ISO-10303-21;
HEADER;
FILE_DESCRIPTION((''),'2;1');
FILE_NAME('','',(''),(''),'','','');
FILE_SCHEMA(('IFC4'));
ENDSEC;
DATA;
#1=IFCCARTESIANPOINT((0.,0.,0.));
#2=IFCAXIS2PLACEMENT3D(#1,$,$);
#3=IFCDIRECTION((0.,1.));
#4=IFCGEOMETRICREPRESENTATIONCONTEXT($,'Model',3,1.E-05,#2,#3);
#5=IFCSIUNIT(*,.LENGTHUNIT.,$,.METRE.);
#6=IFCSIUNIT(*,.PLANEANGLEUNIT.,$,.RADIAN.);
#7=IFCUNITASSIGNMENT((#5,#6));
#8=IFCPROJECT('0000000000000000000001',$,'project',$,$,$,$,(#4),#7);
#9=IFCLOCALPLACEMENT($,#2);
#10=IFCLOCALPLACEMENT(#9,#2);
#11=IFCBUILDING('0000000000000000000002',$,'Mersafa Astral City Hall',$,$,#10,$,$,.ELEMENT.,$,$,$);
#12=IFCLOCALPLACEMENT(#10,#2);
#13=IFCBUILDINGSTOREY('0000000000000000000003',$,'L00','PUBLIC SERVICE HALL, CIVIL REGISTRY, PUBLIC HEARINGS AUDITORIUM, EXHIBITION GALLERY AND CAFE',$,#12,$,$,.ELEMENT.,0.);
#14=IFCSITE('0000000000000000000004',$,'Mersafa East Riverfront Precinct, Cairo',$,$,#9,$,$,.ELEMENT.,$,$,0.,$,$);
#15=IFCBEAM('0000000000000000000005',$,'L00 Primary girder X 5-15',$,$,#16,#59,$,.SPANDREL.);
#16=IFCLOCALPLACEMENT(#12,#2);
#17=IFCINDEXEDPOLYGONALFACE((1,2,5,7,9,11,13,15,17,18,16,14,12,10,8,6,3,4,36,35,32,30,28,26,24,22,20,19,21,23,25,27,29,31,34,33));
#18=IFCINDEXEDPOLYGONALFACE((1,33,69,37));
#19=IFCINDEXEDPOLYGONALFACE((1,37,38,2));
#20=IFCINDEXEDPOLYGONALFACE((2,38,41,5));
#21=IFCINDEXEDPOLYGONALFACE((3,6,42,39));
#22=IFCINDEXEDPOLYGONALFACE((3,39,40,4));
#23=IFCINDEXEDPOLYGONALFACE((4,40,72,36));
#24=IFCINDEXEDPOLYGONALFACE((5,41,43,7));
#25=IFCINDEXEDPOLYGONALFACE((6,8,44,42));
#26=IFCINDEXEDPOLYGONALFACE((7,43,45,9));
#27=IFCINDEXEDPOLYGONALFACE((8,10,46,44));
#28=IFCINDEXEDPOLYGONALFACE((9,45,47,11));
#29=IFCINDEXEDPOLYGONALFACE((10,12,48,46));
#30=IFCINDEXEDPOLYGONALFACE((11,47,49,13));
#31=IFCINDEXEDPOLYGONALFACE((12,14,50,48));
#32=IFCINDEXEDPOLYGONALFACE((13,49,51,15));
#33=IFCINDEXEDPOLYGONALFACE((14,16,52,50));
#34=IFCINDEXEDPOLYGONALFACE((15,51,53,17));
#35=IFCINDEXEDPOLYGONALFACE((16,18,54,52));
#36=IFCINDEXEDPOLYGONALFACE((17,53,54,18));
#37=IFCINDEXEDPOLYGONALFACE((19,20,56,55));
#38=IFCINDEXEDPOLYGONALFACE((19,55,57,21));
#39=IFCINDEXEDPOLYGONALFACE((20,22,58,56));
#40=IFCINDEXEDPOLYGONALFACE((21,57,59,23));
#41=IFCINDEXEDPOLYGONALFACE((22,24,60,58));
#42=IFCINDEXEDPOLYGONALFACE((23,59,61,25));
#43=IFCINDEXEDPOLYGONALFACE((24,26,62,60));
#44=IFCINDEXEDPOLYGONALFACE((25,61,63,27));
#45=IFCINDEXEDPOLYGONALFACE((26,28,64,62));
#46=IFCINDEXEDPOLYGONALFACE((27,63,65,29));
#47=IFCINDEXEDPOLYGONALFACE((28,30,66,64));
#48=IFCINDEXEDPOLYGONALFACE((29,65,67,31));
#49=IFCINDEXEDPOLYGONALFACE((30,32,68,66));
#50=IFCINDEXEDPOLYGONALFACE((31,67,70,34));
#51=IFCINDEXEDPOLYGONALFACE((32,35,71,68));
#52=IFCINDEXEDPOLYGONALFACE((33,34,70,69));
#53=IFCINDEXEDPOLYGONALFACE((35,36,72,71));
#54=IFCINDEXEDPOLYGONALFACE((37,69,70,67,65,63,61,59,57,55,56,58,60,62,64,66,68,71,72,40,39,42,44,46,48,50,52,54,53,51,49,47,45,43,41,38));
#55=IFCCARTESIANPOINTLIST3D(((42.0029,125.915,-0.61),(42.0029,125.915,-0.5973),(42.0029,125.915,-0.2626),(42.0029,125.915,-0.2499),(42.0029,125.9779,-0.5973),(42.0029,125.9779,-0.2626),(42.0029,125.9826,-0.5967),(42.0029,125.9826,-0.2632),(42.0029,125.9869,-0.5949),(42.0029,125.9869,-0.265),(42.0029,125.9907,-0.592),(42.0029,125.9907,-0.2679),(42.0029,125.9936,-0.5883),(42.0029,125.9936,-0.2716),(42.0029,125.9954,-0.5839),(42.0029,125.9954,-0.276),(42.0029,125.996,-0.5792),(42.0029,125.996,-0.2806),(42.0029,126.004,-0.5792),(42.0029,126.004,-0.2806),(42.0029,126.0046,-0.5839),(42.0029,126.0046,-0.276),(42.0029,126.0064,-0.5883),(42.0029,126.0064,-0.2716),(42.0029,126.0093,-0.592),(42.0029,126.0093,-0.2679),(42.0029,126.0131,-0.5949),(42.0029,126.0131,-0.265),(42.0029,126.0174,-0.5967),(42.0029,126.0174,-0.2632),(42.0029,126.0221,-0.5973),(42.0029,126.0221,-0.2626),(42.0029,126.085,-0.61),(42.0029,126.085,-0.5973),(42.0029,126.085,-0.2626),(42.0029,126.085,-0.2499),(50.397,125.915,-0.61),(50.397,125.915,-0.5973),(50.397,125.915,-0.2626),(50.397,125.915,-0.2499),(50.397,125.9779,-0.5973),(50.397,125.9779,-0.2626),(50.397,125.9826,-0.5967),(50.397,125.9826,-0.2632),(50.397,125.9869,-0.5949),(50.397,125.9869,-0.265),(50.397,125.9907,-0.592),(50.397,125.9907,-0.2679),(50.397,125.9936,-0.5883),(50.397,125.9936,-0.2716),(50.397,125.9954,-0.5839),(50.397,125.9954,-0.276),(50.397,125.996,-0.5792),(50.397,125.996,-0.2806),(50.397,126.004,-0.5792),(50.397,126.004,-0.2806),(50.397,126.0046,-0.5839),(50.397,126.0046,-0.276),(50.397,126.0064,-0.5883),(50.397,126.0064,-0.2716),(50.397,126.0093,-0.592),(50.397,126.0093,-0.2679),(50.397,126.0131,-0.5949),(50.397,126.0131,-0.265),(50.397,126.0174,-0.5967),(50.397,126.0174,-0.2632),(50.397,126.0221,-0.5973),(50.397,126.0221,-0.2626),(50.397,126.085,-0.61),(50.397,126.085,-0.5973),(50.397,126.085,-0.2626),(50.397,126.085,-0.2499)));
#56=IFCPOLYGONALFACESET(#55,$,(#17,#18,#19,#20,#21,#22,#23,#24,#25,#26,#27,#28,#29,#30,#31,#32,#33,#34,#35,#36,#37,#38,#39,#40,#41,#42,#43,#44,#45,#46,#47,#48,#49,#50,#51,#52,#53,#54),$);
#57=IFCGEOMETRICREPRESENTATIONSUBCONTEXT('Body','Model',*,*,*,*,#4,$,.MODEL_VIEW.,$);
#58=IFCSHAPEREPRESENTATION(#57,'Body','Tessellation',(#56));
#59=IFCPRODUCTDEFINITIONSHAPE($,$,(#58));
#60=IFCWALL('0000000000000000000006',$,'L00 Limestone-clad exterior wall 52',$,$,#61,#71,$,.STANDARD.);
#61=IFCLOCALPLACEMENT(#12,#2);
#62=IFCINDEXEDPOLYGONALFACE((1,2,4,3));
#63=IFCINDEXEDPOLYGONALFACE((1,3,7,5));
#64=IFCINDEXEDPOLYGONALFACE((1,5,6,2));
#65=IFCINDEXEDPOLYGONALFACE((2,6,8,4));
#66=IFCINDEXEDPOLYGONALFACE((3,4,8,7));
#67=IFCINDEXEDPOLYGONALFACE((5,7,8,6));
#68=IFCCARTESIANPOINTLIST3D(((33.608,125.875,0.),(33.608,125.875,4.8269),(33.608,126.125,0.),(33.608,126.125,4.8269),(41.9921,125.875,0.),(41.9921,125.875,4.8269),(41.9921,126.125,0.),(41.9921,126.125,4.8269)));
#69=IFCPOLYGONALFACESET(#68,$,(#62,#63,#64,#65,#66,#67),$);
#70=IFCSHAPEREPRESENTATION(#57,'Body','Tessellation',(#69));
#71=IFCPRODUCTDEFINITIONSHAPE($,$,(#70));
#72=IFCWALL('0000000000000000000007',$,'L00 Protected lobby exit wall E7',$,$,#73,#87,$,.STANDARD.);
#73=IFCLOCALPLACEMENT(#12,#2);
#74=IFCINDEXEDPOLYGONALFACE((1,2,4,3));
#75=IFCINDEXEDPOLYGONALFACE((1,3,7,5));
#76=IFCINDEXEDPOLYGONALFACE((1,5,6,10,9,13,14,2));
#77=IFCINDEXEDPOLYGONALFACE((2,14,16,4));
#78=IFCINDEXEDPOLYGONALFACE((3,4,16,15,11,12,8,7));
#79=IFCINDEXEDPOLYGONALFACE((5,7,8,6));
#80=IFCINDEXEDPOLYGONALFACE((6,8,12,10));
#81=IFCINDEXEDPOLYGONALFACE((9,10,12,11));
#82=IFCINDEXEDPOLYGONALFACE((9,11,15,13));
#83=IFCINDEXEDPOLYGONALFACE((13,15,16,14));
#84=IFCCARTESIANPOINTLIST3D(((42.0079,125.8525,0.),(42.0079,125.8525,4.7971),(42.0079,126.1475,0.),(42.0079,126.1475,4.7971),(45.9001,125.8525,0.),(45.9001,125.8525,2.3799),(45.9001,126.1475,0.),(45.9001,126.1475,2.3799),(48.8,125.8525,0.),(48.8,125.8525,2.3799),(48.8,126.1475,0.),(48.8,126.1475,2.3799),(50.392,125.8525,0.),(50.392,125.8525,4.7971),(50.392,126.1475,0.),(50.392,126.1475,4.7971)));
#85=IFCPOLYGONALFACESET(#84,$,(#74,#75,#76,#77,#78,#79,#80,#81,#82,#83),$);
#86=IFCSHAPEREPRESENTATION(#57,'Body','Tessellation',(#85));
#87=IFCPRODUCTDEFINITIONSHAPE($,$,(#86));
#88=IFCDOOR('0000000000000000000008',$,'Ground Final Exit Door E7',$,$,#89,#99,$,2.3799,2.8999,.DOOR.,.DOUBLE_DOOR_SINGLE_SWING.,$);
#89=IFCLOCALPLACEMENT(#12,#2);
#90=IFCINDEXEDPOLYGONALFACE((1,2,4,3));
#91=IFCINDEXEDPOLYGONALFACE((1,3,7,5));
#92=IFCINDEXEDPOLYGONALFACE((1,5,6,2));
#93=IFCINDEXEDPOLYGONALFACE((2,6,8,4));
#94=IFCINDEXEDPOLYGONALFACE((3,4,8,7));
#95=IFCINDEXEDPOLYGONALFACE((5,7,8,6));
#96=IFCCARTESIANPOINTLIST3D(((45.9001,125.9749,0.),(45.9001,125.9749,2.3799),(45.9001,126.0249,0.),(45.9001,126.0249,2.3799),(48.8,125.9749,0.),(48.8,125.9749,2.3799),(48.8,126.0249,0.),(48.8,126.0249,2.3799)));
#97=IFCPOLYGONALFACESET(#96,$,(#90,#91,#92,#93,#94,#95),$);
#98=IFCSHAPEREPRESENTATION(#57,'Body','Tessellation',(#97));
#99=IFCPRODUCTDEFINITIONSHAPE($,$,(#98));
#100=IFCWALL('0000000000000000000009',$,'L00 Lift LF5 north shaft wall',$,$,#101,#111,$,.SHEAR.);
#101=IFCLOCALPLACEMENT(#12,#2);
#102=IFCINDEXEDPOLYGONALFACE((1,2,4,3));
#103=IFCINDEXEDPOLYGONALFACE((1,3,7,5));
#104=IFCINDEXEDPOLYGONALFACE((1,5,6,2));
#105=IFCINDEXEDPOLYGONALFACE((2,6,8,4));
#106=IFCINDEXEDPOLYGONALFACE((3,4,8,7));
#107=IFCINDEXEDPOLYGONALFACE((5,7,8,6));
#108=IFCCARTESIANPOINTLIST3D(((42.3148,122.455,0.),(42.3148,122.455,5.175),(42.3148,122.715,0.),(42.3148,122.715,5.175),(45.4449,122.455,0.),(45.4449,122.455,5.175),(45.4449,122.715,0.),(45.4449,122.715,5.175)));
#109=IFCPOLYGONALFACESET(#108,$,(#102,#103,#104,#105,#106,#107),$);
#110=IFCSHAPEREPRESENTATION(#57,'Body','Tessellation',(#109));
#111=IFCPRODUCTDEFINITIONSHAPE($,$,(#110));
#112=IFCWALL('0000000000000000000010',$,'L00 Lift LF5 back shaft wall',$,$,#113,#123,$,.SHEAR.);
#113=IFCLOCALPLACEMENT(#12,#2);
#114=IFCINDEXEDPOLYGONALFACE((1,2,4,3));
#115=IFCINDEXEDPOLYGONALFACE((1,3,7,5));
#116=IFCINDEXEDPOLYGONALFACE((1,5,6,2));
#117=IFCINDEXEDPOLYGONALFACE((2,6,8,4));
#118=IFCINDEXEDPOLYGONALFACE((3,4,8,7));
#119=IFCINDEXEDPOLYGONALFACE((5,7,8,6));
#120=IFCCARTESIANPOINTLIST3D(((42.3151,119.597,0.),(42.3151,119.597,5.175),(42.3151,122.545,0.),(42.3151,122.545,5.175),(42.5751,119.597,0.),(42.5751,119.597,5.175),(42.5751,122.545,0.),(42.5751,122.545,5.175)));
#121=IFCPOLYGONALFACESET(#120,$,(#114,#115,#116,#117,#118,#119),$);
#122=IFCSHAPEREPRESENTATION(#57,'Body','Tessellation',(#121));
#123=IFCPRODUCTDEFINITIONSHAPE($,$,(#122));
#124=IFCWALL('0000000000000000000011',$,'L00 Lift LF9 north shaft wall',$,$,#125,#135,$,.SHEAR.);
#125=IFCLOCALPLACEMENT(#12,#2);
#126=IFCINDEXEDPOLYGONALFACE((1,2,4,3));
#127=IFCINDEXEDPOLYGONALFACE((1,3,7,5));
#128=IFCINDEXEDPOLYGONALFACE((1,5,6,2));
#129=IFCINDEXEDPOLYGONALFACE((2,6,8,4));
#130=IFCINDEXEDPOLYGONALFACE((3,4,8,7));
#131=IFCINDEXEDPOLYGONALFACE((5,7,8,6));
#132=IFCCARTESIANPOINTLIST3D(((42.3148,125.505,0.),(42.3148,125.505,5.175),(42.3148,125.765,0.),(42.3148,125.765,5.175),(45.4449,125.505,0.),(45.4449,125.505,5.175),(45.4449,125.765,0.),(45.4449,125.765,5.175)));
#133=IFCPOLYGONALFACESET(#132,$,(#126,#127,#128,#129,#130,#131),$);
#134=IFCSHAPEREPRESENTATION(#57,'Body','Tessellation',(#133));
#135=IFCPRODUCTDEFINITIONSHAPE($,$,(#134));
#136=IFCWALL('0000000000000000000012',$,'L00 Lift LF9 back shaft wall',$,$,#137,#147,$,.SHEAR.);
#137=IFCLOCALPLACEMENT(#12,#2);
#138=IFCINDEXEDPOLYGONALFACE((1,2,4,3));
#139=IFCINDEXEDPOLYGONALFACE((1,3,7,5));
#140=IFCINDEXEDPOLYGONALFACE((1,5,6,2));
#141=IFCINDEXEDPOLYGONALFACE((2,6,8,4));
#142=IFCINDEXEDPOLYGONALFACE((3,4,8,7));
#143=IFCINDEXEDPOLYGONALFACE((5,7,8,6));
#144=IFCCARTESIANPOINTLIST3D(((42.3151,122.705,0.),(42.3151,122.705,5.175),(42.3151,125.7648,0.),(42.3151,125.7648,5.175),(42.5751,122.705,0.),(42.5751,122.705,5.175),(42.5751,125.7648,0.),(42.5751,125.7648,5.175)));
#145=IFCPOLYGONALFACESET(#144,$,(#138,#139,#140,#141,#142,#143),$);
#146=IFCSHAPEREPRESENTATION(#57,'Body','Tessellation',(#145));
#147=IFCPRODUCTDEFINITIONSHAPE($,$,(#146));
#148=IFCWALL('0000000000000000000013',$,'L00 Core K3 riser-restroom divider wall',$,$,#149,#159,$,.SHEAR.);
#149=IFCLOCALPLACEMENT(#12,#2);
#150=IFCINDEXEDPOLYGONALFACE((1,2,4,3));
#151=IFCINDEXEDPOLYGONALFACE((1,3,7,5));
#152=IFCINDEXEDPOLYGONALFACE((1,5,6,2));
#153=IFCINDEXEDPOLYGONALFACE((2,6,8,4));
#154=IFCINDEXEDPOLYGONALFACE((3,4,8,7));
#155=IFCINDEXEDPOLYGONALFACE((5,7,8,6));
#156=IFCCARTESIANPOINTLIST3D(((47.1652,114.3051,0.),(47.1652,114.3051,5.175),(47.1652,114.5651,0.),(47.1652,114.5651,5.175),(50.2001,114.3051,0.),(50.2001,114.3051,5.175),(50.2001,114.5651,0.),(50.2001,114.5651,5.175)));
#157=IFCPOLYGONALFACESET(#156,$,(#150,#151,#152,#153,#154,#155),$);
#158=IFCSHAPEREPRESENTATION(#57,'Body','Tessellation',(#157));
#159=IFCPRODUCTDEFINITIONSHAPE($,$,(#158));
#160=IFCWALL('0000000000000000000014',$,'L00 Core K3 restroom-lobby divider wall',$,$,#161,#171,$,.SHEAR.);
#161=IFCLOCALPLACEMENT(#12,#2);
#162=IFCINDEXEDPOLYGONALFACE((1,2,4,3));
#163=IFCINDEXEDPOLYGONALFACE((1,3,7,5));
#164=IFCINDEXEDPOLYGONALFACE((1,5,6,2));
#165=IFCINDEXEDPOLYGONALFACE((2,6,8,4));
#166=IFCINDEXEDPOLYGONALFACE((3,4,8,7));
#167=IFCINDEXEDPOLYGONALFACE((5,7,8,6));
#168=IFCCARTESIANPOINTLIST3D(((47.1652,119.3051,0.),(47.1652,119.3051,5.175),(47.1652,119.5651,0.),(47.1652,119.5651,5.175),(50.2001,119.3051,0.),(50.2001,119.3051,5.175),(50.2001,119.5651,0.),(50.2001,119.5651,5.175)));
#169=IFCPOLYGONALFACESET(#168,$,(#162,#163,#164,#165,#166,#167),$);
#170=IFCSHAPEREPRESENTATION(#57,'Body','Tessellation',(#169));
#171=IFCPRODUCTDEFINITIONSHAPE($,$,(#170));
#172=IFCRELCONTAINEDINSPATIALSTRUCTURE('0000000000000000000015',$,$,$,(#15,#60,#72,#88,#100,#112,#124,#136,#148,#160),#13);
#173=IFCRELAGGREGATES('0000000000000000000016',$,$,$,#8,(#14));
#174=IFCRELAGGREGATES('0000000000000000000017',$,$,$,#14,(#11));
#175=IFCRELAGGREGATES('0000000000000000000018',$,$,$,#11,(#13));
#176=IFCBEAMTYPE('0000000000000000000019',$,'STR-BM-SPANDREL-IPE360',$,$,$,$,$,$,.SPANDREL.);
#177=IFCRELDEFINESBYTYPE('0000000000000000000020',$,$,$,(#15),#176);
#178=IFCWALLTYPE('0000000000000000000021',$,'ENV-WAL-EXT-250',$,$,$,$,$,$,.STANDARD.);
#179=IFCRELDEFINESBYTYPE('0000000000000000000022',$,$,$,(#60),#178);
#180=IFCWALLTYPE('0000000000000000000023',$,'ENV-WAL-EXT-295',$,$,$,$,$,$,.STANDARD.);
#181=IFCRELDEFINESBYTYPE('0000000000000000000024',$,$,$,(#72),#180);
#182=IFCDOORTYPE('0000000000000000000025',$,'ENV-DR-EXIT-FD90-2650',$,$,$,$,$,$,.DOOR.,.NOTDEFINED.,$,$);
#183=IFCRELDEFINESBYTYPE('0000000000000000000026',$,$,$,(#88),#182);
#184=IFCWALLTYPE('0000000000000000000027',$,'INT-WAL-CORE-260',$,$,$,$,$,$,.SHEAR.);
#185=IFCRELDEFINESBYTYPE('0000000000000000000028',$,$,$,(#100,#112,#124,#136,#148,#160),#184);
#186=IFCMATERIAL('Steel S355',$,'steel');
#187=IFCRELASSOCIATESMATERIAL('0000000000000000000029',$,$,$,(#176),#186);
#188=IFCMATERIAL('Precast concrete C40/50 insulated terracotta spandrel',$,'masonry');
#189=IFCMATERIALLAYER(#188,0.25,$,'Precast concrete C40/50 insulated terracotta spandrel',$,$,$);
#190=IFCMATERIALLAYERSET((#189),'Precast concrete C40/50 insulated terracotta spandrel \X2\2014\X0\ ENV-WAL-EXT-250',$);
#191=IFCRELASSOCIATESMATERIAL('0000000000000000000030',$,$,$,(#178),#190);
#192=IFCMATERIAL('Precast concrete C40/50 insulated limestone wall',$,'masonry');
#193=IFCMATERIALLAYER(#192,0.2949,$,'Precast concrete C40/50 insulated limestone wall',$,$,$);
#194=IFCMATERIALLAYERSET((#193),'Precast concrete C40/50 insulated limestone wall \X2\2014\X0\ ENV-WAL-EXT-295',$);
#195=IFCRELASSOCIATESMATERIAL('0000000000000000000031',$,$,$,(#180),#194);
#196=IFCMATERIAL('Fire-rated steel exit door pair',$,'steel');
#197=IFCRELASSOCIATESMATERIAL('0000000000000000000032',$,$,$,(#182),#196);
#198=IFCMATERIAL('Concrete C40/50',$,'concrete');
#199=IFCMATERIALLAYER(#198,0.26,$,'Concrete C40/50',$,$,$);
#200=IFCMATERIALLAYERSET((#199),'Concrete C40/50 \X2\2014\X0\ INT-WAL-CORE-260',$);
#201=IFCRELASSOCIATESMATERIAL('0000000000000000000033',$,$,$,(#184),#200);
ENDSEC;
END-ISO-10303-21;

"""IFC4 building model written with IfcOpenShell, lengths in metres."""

from ifc_helpers import new_model, si_unit, direction, frame, frame_2d, origin, origin_2d, place, context, subcontext, project, spatial, rectangle, i_section, extrude, material, layer, layer_set, material_profile, profile_set, type_object, element, fill, save


model = new_model("IFC4")

# Units and contexts
model_context = context("Model", 3, precision=1e-05, world=origin(), true_north=direction((0.0, 1.0)))
body_context = subcontext(model_context, "Body", "Model", "MODEL_VIEW")
ifc_project = project(units=[si_unit("LENGTHUNIT", "METRE"), si_unit("PLANEANGLEUNIT", "RADIAN")], contexts=[model_context])

# Site, building, storey
site_placement = place(None, origin())
site = spatial("IfcSite", under=ifc_project, at=site_placement, Name="Mersafa East Riverfront Precinct, Cairo", CompositionType="ELEMENT", RefElevation=0.0)
building_placement = place(site_placement, origin())
building = spatial("IfcBuilding", under=site, at=building_placement, Name="Mersafa Astral City Hall", CompositionType="ELEMENT")
storey_placement = place(building_placement, origin())
storey = spatial("IfcBuildingStorey", under=building, at=storey_placement, Name="L00", Description="PUBLIC SERVICE HALL, CIVIL REGISTRY, PUBLIC HEARINGS AUDITORIUM, EXHIBITION GALLERY AND CAFE", CompositionType="ELEMENT", Elevation=0.0)

# Shared definitions
ifc_material_1 = material(Name="Steel S355", Category="steel")

# Beam
ifc_material_profile_1 = material_profile(ifc_material_1, i_section(OverallWidth=0.1699, OverallDepth=0.3601, WebThickness=0.0081, FlangeThickness=0.0127, FilletRadius=0.0181, at=origin_2d()), Name="IPE 360")
ifc_profile_set_1 = profile_set([ifc_material_profile_1], Name="Steel S355")
beam_type_1 = type_object("IfcBeamType", Name="STR-BM-SPANDREL-IPE360", PredefinedType="SPANDREL", material=ifc_profile_set_1)
beam_1_placement = place(storey_placement, frame((42.0029, 126.0, -0.4299), z_axis=(1.0, 0.0, 0.0), x_axis=(0.0, 1.0, 0.0)))
element("IfcBeam", 1, at=beam_1_placement, inside=storey, type_object=beam_type_1, Name="L00 Primary girder X 5-15", PredefinedType="SPANDREL", context=body_context, shape_type="SweptSolid", body=[
    extrude(i_section(OverallWidth=0.1699, OverallDepth=0.3601, WebThickness=0.0081, FlangeThickness=0.0127, FilletRadius=0.0181, at=origin_2d()), origin(), (0.0, 0.0, 1.0), 8.394),
])

# Wall
ifc_material_2 = material(Name="Precast concrete C40/50 insulated terracotta spandrel", Category="masonry")
ifc_layer_1 = layer(ifc_material_2, 0.25, Name="Precast concrete C40/50 insulated terracotta spandrel")
ifc_layer_set_1 = layer_set([ifc_layer_1], Name="Precast concrete C40/50 insulated terracotta spandrel — ENV-WAL-EXT-250")
wall_type_1 = type_object("IfcWallType", Name="ENV-WAL-EXT-250", PredefinedType="STANDARD", material=ifc_layer_set_1)
wall_1_placement = place(storey_placement, frame((41.9919, 126.0, 0.0), z_axis=(0.0, 0.0, 1.0), x_axis=(-1.0, 0.0, 0.0)))
element("IfcWall", 2, at=wall_1_placement, inside=storey, type_object=wall_type_1, Name="L00 Limestone-clad exterior wall 52", PredefinedType="STANDARD", context=body_context, shape_type="SweptSolid", body=[
    extrude(rectangle(XDim=8.384, YDim=0.25, at=frame_2d((4.1919, 0.0))), origin(), (0.0, 0.0, 1.0), 4.8269),
])

# Wall, opening, door
ifc_material_3 = material(Name="Precast concrete C40/50 insulated limestone wall", Category="masonry")
ifc_layer_2 = layer(ifc_material_3, 0.2949, Name="Precast concrete C40/50 insulated limestone wall")
ifc_layer_set_2 = layer_set([ifc_layer_2], Name="Precast concrete C40/50 insulated limestone wall — ENV-WAL-EXT-295")
wall_type_2 = type_object("IfcWallType", Name="ENV-WAL-EXT-295", PredefinedType="STANDARD", material=ifc_layer_set_2)
wall_2_placement = place(storey_placement, frame((42.0081, 126.0, 0.0), z_axis=(0.0, 0.0, 1.0), x_axis=(1.0, 0.0, 0.0)))
wall_2 = element("IfcWall", 3, at=wall_2_placement, inside=storey, type_object=wall_type_2, Name="L00 Protected lobby exit wall E7", PredefinedType="STANDARD", context=body_context, shape_type="SweptSolid", body=[
    extrude(rectangle(XDim=8.384, YDim=0.2949, at=frame_2d((4.1919, 0.0))), origin(), (0.0, 0.0, 1.0), 4.7971),
])
opening_1_placement = place(wall_2_placement, frame((3.8921, 0.0, 0.0)))
opening_1 = element("IfcOpeningElement", 4, at=opening_1_placement, cuts=wall_2, PredefinedType="OPENING", context=body_context, shape_type="SweptSolid", body=[
    extrude(rectangle(XDim=2.8999, YDim=2.3799, at=frame_2d((1.45, 1.1899))), frame((0.0, 0.1575, 0.0), z_axis=(0.0, -1.0, 0.0), x_axis=(1.0, 0.0, 0.0)), (0.0, 0.0, 1.0), 0.3149),
])
ifc_material_4 = material(Name="Fire-rated steel exit door pair", Category="steel")
door_type_1 = type_object("IfcDoorType", Name="ENV-DR-EXIT-FD90-2650", OperationType="NOTDEFINED", PredefinedType="DOOR", material=ifc_material_4)
door_1_placement = place(opening_1_placement, origin())
door_1 = element("IfcDoor", 5, at=door_1_placement, inside=storey, type_object=door_type_1, Name="Ground Final Exit Door E7", OperationType="DOUBLE_DOOR_SINGLE_SWING", OverallHeight=2.3799, OverallWidth=2.8999, PredefinedType="DOOR", context=body_context, shape_type="SweptSolid", body=[
    extrude(rectangle(XDim=2.8999, YDim=2.3799, at=frame_2d((1.45, 1.1899))), frame((0.0, 0.0249, 0.0), z_axis=(0.0, -1.0, 0.0), x_axis=(1.0, 0.0, 0.0)), (0.0, 0.0, 1.0), 0.05),
])
fill(opening_1, door_1)

# Walls
ifc_material_5 = material(Name="Concrete C40/50", Category="concrete")
ifc_layer_3 = layer(ifc_material_5, 0.26, Name="Concrete C40/50")
ifc_layer_set_3 = layer_set([ifc_layer_3], Name="Concrete C40/50 — INT-WAL-CORE-260")
wall_type_3 = type_object("IfcWallType", Name="INT-WAL-CORE-260", PredefinedType="SHEAR", material=ifc_layer_set_3)
wall_3_placement = place(storey_placement, frame((42.3149, 122.585, 0.0), z_axis=(0.0, 0.0, 1.0), x_axis=(1.0, 0.0, 0.0)))
element("IfcWall", 6, at=wall_3_placement, inside=storey, type_object=wall_type_3, Name="L00 Lift LF5 north shaft wall", PredefinedType="SHEAR", context=body_context, shape_type="SweptSolid", body=[
    extrude(rectangle(XDim=3.1301, YDim=0.26, at=frame_2d((1.5649, 0.0))), origin(), (0.0, 0.0, 1.0), 5.175),
])
wall_4_placement = place(storey_placement, frame((42.4451, 119.5969, 0.0), z_axis=(0.0, 0.0, 1.0), x_axis=(0.0, 1.0, 0.0)))
element("IfcWall", 7, at=wall_4_placement, inside=storey, type_object=wall_type_3, Name="L00 Lift LF5 back shaft wall", PredefinedType="SHEAR", context=body_context, shape_type="SweptSolid", body=[
    extrude(rectangle(XDim=2.948, YDim=0.26, at=frame_2d((1.4741, 0.0))), origin(), (0.0, 0.0, 1.0), 5.175),
])

# Walls
wall_5_placement = place(storey_placement, frame((42.3149, 125.635, 0.0), z_axis=(0.0, 0.0, 1.0), x_axis=(1.0, 0.0, 0.0)))
element("IfcWall", 8, at=wall_5_placement, inside=storey, type_object=wall_type_3, Name="L00 Lift LF9 north shaft wall", PredefinedType="SHEAR", context=body_context, shape_type="SweptSolid", body=[
    extrude(rectangle(XDim=3.1301, YDim=0.26, at=frame_2d((1.5649, 0.0))), origin(), (0.0, 0.0, 1.0), 5.175),
])
wall_6_placement = place(storey_placement, frame((42.4451, 122.7051, 0.0), z_axis=(0.0, 0.0, 1.0), x_axis=(0.0, 1.0, 0.0)))
element("IfcWall", 9, at=wall_6_placement, inside=storey, type_object=wall_type_3, Name="L00 Lift LF9 back shaft wall", PredefinedType="SHEAR", context=body_context, shape_type="SweptSolid", body=[
    extrude(rectangle(XDim=3.0598, YDim=0.26, at=frame_2d((1.5298, 0.0))), origin(), (0.0, 0.0, 1.0), 5.175),
])

# Walls
for number, where, z_axis, x_axis, name in (
    (10, (47.165, 114.4351, 0.0), (0.0, 0.0, 1.0), (1.0, 0.0, 0.0), "L00 Core K3 riser-restroom divider wall"),
    (11, (47.165, 119.4351, 0.0), (0.0, 0.0, 1.0), (1.0, 0.0, 0.0), "L00 Core K3 restroom-lobby divider wall"),
):
    element("IfcWall", number, at=place(storey_placement, frame(where, z_axis=z_axis, x_axis=x_axis)), inside=storey, type_object=wall_type_3, Name=name, PredefinedType="SHEAR", context=body_context, shape_type="SweptSolid", body=[
        extrude(rectangle(XDim=3.0349, YDim=0.26, at=frame_2d((1.5176, 0.0))), origin(), (0.0, 0.0, 1.0), 5.175),
    ])

save(model, "model.ifc")
